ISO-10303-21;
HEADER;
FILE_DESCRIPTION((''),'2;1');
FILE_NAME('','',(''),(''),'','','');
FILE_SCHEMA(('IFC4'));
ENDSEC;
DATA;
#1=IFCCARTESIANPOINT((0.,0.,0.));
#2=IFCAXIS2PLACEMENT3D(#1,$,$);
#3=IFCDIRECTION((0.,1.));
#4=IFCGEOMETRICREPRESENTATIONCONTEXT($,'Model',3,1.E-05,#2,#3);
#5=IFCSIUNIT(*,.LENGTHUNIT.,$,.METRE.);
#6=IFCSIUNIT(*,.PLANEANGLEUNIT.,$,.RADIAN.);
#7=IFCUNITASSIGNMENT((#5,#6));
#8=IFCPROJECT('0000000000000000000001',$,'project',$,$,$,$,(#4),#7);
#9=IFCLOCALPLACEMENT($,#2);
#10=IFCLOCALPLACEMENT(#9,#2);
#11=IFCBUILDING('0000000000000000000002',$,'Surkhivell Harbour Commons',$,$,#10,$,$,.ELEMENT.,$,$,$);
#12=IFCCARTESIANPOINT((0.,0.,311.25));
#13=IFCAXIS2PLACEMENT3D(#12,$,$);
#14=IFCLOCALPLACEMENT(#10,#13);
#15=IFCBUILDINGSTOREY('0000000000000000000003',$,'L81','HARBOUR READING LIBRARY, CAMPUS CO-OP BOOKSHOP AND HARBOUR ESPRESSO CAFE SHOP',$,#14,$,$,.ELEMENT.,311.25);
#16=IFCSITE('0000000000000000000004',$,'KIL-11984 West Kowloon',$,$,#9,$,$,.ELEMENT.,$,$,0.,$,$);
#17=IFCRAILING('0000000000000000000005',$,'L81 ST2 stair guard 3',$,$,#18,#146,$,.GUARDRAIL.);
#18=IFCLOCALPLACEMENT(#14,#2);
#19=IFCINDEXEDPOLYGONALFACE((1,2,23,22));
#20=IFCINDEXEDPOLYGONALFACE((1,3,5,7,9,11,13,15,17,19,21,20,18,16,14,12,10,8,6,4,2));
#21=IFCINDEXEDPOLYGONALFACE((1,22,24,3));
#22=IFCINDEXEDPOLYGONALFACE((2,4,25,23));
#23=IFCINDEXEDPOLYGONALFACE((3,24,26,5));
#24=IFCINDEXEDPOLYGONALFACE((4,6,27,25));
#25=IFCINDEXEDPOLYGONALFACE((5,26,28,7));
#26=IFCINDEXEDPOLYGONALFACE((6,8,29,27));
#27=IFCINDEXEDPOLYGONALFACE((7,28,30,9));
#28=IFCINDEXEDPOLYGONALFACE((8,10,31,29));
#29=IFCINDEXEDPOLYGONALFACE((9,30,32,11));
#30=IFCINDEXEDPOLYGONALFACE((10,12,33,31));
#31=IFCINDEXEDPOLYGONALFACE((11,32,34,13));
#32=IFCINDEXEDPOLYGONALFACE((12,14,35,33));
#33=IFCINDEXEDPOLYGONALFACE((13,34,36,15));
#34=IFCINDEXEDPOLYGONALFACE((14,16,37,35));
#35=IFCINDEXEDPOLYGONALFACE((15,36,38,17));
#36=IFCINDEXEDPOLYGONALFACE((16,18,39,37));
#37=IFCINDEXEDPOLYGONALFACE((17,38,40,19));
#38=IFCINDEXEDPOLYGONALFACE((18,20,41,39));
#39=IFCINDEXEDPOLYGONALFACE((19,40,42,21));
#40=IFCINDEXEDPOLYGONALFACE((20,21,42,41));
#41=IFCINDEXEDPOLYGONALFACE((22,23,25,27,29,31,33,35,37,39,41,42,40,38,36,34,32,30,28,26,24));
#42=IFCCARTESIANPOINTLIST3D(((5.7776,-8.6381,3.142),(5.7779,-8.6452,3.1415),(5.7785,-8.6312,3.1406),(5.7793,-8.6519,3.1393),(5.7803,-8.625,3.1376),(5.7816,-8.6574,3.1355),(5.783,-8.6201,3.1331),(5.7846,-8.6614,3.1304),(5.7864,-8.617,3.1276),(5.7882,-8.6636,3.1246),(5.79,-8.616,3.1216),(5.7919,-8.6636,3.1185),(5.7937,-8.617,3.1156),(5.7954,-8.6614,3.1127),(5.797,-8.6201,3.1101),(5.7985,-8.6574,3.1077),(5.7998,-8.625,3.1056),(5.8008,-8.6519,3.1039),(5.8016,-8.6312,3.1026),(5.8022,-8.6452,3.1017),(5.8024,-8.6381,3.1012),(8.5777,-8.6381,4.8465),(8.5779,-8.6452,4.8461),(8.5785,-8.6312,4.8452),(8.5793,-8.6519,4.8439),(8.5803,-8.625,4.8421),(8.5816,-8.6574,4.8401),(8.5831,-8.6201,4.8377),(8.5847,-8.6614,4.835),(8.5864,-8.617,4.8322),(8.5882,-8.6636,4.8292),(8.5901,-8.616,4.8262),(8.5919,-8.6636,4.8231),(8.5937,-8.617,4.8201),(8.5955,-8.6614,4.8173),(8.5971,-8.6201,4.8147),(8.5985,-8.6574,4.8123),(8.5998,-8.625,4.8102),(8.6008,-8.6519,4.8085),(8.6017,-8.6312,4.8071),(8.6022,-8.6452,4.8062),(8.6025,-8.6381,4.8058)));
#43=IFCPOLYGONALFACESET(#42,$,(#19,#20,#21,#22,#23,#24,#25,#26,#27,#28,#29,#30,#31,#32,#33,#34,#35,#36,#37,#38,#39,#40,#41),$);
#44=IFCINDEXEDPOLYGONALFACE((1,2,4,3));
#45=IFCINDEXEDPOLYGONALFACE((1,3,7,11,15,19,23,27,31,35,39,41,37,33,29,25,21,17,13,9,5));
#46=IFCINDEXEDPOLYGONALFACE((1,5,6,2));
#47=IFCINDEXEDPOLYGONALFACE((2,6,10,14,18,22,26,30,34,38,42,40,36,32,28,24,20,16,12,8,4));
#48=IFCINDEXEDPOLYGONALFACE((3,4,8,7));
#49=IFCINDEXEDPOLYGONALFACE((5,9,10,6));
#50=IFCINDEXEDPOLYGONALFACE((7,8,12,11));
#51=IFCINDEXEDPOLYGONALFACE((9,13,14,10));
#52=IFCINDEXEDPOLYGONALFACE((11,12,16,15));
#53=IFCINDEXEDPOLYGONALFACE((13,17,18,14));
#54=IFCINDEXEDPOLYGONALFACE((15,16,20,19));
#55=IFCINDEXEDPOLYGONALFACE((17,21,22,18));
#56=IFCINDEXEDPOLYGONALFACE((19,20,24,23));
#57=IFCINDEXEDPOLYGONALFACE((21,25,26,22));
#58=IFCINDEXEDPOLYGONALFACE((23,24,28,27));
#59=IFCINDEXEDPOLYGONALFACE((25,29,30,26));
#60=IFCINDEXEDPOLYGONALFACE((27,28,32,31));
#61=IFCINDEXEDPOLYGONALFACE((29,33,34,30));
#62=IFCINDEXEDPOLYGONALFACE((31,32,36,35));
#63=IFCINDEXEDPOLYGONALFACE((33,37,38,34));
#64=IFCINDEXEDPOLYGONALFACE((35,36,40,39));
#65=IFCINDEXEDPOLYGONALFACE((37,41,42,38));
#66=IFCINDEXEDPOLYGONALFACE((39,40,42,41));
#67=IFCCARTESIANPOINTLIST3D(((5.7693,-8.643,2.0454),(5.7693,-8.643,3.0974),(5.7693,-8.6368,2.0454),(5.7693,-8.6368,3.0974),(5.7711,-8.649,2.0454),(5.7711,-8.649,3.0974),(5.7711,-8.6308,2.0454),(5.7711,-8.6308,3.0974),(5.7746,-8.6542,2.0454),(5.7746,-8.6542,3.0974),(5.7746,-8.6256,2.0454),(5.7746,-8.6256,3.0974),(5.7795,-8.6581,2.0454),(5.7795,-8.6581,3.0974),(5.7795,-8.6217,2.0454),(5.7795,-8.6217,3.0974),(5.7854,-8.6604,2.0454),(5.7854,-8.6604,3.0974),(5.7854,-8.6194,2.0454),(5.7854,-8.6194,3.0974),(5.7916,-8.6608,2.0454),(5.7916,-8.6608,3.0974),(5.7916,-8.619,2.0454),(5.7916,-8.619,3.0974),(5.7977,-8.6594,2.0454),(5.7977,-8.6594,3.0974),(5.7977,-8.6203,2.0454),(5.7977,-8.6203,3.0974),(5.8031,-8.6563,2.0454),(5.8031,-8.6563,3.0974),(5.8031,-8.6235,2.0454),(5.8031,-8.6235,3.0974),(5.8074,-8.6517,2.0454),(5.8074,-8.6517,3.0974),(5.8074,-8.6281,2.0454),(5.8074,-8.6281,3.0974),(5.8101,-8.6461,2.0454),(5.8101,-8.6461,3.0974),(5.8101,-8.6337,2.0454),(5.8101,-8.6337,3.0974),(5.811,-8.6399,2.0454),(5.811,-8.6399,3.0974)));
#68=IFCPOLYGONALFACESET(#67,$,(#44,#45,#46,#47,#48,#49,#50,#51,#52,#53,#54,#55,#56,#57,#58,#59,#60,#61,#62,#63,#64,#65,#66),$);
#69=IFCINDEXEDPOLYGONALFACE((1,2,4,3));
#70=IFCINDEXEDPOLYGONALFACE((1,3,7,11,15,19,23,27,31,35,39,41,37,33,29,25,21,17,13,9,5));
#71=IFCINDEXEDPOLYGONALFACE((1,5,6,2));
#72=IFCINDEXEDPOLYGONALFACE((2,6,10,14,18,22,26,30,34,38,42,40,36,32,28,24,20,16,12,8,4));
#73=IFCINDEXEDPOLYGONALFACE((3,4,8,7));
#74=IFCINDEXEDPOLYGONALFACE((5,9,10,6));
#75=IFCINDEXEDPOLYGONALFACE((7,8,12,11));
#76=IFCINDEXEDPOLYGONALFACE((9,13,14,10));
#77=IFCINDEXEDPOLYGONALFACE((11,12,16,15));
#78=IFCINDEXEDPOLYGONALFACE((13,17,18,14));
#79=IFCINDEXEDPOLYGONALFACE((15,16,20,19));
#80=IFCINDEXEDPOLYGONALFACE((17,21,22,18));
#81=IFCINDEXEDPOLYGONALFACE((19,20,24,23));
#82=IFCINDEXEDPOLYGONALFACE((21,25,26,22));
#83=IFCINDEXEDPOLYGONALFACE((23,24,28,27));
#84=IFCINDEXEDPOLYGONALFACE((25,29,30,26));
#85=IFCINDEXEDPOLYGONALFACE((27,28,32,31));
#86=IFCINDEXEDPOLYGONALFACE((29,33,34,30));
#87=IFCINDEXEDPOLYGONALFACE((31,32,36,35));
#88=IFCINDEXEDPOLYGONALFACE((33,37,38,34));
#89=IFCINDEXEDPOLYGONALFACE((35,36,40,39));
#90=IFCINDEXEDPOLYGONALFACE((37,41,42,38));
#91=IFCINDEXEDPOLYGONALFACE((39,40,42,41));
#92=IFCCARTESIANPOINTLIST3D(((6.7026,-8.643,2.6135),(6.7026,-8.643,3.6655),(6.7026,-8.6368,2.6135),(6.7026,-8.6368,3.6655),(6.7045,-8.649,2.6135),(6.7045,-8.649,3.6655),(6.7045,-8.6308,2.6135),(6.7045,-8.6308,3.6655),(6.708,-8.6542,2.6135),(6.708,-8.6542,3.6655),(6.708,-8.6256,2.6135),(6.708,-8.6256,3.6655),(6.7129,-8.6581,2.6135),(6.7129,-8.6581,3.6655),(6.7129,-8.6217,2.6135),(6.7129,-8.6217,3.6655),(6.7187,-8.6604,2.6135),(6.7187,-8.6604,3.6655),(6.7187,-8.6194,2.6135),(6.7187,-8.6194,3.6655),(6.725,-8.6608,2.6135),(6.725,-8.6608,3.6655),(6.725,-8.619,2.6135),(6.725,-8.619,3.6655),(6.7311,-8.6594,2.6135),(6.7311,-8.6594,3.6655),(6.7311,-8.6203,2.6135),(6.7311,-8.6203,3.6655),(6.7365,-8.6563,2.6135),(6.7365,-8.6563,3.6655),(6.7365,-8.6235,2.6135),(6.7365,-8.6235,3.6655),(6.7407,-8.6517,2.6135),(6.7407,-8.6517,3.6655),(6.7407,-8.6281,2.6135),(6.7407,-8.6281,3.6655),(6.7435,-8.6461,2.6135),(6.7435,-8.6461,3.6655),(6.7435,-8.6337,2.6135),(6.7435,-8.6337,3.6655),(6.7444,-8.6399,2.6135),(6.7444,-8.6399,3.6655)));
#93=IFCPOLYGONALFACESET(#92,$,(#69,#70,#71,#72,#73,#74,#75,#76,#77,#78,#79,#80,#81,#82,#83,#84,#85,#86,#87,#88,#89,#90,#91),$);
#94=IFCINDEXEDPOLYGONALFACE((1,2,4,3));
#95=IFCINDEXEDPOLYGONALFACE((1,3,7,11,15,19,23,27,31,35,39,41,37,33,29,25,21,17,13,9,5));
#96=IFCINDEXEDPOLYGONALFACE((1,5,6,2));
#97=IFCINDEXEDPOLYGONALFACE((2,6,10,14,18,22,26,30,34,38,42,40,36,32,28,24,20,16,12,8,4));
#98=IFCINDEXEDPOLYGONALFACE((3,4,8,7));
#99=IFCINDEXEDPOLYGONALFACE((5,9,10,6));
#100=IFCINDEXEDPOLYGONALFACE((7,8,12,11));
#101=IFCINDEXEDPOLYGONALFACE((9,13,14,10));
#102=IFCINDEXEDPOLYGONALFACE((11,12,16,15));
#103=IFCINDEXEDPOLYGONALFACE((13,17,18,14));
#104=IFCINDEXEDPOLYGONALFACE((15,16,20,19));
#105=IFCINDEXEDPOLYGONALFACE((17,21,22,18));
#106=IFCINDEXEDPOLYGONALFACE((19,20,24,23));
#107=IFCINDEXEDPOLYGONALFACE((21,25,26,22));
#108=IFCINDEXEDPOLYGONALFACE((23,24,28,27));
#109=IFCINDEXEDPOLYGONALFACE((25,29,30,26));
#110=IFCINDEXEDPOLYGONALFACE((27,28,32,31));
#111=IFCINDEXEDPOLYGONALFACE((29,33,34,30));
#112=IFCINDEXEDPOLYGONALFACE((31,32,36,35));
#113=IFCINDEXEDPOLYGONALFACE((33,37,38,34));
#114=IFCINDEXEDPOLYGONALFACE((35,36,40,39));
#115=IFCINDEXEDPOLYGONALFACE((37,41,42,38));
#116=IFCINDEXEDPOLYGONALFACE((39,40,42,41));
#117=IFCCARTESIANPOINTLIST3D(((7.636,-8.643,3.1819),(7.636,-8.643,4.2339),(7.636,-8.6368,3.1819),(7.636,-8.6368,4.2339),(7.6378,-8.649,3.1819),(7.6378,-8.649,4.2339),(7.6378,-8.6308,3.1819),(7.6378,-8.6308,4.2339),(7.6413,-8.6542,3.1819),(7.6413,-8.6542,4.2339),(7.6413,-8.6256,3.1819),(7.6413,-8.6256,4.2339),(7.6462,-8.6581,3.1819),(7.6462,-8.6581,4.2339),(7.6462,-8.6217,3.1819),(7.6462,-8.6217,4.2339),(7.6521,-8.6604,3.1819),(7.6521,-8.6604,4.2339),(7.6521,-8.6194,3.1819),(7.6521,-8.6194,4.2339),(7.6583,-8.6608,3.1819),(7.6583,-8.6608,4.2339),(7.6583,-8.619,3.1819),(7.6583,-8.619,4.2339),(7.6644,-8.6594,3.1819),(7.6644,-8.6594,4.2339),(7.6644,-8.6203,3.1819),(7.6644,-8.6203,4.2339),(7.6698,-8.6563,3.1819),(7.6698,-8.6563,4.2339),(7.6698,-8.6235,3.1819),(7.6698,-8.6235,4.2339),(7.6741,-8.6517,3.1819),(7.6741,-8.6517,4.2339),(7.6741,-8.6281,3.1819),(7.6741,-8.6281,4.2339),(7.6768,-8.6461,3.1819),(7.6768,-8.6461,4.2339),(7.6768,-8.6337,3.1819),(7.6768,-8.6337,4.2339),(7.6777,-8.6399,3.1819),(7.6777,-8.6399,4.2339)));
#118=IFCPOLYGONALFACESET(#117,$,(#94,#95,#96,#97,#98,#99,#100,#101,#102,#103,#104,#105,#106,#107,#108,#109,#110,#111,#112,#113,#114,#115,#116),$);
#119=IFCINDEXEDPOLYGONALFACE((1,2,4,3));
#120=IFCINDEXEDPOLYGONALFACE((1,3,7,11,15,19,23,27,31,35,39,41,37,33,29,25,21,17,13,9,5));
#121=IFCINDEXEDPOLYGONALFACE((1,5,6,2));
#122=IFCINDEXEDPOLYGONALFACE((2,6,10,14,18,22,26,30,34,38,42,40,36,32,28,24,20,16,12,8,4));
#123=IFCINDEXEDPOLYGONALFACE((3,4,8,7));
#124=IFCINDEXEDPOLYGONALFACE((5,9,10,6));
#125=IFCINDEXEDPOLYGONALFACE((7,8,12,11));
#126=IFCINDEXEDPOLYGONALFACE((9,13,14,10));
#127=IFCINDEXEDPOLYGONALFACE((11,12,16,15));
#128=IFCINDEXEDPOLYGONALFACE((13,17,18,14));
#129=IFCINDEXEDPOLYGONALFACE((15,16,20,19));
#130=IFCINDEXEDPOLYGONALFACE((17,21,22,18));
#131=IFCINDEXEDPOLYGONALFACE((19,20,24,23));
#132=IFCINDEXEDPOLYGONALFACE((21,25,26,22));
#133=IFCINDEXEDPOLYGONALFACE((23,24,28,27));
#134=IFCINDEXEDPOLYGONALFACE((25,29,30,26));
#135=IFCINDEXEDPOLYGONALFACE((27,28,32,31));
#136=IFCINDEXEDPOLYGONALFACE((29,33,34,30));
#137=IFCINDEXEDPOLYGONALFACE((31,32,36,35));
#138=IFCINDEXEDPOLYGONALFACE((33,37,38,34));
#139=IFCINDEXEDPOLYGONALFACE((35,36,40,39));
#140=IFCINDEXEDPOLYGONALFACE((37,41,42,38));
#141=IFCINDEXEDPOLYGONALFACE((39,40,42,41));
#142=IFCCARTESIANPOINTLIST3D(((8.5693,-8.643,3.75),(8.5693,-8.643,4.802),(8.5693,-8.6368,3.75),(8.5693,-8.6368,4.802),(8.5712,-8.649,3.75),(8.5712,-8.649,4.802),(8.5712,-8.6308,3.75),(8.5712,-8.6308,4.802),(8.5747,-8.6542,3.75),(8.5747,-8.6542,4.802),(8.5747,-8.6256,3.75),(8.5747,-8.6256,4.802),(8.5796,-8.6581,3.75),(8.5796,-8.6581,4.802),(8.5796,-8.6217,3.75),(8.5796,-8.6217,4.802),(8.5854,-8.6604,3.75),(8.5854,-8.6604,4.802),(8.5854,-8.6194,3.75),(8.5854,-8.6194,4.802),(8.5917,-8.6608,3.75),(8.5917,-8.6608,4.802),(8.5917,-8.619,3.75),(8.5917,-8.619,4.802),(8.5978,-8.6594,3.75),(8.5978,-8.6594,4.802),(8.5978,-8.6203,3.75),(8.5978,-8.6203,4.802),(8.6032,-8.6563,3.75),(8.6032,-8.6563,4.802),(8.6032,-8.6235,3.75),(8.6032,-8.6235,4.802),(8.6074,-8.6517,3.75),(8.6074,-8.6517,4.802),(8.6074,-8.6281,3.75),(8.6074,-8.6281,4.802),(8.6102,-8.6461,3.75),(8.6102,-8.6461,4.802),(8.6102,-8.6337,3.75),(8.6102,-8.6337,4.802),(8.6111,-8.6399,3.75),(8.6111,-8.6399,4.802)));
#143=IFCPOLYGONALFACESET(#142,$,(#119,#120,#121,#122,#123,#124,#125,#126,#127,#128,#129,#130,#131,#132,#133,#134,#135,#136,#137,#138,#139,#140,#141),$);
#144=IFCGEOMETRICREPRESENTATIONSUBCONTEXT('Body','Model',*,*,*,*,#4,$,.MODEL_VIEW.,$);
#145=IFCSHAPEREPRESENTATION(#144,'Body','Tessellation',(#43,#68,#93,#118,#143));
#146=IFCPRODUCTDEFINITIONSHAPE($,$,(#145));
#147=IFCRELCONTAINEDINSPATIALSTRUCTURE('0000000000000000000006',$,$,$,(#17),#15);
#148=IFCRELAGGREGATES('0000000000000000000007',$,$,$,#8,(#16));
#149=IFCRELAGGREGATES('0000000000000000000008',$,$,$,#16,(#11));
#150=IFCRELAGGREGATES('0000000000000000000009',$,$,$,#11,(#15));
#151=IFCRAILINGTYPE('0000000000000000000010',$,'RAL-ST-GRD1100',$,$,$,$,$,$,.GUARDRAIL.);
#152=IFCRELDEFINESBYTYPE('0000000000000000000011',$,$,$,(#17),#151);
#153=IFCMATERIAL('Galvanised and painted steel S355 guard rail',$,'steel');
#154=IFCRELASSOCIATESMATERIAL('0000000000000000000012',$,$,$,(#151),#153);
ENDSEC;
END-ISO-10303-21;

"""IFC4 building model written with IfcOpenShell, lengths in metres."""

from ifc_helpers import new_model, si_unit, direction, frame, origin, origin_2d, place, context, subcontext, project, spatial, circle, extrude, material, type_object, element, save


model = new_model("IFC4")

# Units and contexts
model_context = context("Model", 3, precision=1e-05, world=origin(), true_north=direction((0.0, 1.0)))
body_context = subcontext(model_context, "Body", "Model", "MODEL_VIEW")
ifc_project = project(units=[si_unit("LENGTHUNIT", "METRE"), si_unit("PLANEANGLEUNIT", "RADIAN")], contexts=[model_context])

# Site, building, storey
site_placement = place(None, origin())
site = spatial("IfcSite", under=ifc_project, at=site_placement, Name="KIL-11984 West Kowloon", CompositionType="ELEMENT", RefElevation=0.0)
building_placement = place(site_placement, origin())
building = spatial("IfcBuilding", under=site, at=building_placement, Name="Surkhivell Harbour Commons", CompositionType="ELEMENT")
storey_placement = place(building_placement, frame((0.0, 0.0, 311.25)))
storey = spatial("IfcBuildingStorey", under=building, at=storey_placement, Name="L81", Description="HARBOUR READING LIBRARY, CAMPUS CO-OP BOOKSHOP AND HARBOUR ESPRESSO CAFE SHOP", CompositionType="ELEMENT", Elevation=311.25)

# Railing
ifc_material_1 = material(Name="Galvanised and painted steel S355 guard rail", Category="steel")
railing_type_1 = type_object("IfcRailingType", Name="RAL-ST-GRD1100", PredefinedType="GUARDRAIL", material=ifc_material_1)
railing_1_placement = place(storey_placement, frame((5.79, -8.6399, 2.0454)))
element("IfcRailing", 1, at=railing_1_placement, inside=storey, type_object=railing_type_1, Name="L81 ST2 stair guard 3", PredefinedType="GUARDRAIL", context=body_context, shape_type="SweptSolid", body=[
    extrude(circle(Radius=0.0239, at=origin_2d()), frame((0.0, 0.0, 1.0762), z_axis=(0.85417, 0.0, 0.519994), x_axis=(0.0, 1.0, 0.0)), (0.0, 0.0, 1.0), 3.2781),
    extrude(circle(Radius=0.021, at=origin_2d()), origin(), (0.0, 0.0, 1.0), 1.052),
    extrude(circle(Radius=0.021, at=origin_2d()), frame((0.9333, 0.0, 0.5681)), (0.0, 0.0, 1.0), 1.052),
    extrude(circle(Radius=0.021, at=origin_2d()), frame((1.8667, 0.0, 1.1365)), (0.0, 0.0, 1.0), 1.052),
    extrude(circle(Radius=0.021, at=origin_2d()), frame((2.8, 0.0, 1.7046)), (0.0, 0.0, 1.0), 1.052),
])

save(model, "model.ifc")
